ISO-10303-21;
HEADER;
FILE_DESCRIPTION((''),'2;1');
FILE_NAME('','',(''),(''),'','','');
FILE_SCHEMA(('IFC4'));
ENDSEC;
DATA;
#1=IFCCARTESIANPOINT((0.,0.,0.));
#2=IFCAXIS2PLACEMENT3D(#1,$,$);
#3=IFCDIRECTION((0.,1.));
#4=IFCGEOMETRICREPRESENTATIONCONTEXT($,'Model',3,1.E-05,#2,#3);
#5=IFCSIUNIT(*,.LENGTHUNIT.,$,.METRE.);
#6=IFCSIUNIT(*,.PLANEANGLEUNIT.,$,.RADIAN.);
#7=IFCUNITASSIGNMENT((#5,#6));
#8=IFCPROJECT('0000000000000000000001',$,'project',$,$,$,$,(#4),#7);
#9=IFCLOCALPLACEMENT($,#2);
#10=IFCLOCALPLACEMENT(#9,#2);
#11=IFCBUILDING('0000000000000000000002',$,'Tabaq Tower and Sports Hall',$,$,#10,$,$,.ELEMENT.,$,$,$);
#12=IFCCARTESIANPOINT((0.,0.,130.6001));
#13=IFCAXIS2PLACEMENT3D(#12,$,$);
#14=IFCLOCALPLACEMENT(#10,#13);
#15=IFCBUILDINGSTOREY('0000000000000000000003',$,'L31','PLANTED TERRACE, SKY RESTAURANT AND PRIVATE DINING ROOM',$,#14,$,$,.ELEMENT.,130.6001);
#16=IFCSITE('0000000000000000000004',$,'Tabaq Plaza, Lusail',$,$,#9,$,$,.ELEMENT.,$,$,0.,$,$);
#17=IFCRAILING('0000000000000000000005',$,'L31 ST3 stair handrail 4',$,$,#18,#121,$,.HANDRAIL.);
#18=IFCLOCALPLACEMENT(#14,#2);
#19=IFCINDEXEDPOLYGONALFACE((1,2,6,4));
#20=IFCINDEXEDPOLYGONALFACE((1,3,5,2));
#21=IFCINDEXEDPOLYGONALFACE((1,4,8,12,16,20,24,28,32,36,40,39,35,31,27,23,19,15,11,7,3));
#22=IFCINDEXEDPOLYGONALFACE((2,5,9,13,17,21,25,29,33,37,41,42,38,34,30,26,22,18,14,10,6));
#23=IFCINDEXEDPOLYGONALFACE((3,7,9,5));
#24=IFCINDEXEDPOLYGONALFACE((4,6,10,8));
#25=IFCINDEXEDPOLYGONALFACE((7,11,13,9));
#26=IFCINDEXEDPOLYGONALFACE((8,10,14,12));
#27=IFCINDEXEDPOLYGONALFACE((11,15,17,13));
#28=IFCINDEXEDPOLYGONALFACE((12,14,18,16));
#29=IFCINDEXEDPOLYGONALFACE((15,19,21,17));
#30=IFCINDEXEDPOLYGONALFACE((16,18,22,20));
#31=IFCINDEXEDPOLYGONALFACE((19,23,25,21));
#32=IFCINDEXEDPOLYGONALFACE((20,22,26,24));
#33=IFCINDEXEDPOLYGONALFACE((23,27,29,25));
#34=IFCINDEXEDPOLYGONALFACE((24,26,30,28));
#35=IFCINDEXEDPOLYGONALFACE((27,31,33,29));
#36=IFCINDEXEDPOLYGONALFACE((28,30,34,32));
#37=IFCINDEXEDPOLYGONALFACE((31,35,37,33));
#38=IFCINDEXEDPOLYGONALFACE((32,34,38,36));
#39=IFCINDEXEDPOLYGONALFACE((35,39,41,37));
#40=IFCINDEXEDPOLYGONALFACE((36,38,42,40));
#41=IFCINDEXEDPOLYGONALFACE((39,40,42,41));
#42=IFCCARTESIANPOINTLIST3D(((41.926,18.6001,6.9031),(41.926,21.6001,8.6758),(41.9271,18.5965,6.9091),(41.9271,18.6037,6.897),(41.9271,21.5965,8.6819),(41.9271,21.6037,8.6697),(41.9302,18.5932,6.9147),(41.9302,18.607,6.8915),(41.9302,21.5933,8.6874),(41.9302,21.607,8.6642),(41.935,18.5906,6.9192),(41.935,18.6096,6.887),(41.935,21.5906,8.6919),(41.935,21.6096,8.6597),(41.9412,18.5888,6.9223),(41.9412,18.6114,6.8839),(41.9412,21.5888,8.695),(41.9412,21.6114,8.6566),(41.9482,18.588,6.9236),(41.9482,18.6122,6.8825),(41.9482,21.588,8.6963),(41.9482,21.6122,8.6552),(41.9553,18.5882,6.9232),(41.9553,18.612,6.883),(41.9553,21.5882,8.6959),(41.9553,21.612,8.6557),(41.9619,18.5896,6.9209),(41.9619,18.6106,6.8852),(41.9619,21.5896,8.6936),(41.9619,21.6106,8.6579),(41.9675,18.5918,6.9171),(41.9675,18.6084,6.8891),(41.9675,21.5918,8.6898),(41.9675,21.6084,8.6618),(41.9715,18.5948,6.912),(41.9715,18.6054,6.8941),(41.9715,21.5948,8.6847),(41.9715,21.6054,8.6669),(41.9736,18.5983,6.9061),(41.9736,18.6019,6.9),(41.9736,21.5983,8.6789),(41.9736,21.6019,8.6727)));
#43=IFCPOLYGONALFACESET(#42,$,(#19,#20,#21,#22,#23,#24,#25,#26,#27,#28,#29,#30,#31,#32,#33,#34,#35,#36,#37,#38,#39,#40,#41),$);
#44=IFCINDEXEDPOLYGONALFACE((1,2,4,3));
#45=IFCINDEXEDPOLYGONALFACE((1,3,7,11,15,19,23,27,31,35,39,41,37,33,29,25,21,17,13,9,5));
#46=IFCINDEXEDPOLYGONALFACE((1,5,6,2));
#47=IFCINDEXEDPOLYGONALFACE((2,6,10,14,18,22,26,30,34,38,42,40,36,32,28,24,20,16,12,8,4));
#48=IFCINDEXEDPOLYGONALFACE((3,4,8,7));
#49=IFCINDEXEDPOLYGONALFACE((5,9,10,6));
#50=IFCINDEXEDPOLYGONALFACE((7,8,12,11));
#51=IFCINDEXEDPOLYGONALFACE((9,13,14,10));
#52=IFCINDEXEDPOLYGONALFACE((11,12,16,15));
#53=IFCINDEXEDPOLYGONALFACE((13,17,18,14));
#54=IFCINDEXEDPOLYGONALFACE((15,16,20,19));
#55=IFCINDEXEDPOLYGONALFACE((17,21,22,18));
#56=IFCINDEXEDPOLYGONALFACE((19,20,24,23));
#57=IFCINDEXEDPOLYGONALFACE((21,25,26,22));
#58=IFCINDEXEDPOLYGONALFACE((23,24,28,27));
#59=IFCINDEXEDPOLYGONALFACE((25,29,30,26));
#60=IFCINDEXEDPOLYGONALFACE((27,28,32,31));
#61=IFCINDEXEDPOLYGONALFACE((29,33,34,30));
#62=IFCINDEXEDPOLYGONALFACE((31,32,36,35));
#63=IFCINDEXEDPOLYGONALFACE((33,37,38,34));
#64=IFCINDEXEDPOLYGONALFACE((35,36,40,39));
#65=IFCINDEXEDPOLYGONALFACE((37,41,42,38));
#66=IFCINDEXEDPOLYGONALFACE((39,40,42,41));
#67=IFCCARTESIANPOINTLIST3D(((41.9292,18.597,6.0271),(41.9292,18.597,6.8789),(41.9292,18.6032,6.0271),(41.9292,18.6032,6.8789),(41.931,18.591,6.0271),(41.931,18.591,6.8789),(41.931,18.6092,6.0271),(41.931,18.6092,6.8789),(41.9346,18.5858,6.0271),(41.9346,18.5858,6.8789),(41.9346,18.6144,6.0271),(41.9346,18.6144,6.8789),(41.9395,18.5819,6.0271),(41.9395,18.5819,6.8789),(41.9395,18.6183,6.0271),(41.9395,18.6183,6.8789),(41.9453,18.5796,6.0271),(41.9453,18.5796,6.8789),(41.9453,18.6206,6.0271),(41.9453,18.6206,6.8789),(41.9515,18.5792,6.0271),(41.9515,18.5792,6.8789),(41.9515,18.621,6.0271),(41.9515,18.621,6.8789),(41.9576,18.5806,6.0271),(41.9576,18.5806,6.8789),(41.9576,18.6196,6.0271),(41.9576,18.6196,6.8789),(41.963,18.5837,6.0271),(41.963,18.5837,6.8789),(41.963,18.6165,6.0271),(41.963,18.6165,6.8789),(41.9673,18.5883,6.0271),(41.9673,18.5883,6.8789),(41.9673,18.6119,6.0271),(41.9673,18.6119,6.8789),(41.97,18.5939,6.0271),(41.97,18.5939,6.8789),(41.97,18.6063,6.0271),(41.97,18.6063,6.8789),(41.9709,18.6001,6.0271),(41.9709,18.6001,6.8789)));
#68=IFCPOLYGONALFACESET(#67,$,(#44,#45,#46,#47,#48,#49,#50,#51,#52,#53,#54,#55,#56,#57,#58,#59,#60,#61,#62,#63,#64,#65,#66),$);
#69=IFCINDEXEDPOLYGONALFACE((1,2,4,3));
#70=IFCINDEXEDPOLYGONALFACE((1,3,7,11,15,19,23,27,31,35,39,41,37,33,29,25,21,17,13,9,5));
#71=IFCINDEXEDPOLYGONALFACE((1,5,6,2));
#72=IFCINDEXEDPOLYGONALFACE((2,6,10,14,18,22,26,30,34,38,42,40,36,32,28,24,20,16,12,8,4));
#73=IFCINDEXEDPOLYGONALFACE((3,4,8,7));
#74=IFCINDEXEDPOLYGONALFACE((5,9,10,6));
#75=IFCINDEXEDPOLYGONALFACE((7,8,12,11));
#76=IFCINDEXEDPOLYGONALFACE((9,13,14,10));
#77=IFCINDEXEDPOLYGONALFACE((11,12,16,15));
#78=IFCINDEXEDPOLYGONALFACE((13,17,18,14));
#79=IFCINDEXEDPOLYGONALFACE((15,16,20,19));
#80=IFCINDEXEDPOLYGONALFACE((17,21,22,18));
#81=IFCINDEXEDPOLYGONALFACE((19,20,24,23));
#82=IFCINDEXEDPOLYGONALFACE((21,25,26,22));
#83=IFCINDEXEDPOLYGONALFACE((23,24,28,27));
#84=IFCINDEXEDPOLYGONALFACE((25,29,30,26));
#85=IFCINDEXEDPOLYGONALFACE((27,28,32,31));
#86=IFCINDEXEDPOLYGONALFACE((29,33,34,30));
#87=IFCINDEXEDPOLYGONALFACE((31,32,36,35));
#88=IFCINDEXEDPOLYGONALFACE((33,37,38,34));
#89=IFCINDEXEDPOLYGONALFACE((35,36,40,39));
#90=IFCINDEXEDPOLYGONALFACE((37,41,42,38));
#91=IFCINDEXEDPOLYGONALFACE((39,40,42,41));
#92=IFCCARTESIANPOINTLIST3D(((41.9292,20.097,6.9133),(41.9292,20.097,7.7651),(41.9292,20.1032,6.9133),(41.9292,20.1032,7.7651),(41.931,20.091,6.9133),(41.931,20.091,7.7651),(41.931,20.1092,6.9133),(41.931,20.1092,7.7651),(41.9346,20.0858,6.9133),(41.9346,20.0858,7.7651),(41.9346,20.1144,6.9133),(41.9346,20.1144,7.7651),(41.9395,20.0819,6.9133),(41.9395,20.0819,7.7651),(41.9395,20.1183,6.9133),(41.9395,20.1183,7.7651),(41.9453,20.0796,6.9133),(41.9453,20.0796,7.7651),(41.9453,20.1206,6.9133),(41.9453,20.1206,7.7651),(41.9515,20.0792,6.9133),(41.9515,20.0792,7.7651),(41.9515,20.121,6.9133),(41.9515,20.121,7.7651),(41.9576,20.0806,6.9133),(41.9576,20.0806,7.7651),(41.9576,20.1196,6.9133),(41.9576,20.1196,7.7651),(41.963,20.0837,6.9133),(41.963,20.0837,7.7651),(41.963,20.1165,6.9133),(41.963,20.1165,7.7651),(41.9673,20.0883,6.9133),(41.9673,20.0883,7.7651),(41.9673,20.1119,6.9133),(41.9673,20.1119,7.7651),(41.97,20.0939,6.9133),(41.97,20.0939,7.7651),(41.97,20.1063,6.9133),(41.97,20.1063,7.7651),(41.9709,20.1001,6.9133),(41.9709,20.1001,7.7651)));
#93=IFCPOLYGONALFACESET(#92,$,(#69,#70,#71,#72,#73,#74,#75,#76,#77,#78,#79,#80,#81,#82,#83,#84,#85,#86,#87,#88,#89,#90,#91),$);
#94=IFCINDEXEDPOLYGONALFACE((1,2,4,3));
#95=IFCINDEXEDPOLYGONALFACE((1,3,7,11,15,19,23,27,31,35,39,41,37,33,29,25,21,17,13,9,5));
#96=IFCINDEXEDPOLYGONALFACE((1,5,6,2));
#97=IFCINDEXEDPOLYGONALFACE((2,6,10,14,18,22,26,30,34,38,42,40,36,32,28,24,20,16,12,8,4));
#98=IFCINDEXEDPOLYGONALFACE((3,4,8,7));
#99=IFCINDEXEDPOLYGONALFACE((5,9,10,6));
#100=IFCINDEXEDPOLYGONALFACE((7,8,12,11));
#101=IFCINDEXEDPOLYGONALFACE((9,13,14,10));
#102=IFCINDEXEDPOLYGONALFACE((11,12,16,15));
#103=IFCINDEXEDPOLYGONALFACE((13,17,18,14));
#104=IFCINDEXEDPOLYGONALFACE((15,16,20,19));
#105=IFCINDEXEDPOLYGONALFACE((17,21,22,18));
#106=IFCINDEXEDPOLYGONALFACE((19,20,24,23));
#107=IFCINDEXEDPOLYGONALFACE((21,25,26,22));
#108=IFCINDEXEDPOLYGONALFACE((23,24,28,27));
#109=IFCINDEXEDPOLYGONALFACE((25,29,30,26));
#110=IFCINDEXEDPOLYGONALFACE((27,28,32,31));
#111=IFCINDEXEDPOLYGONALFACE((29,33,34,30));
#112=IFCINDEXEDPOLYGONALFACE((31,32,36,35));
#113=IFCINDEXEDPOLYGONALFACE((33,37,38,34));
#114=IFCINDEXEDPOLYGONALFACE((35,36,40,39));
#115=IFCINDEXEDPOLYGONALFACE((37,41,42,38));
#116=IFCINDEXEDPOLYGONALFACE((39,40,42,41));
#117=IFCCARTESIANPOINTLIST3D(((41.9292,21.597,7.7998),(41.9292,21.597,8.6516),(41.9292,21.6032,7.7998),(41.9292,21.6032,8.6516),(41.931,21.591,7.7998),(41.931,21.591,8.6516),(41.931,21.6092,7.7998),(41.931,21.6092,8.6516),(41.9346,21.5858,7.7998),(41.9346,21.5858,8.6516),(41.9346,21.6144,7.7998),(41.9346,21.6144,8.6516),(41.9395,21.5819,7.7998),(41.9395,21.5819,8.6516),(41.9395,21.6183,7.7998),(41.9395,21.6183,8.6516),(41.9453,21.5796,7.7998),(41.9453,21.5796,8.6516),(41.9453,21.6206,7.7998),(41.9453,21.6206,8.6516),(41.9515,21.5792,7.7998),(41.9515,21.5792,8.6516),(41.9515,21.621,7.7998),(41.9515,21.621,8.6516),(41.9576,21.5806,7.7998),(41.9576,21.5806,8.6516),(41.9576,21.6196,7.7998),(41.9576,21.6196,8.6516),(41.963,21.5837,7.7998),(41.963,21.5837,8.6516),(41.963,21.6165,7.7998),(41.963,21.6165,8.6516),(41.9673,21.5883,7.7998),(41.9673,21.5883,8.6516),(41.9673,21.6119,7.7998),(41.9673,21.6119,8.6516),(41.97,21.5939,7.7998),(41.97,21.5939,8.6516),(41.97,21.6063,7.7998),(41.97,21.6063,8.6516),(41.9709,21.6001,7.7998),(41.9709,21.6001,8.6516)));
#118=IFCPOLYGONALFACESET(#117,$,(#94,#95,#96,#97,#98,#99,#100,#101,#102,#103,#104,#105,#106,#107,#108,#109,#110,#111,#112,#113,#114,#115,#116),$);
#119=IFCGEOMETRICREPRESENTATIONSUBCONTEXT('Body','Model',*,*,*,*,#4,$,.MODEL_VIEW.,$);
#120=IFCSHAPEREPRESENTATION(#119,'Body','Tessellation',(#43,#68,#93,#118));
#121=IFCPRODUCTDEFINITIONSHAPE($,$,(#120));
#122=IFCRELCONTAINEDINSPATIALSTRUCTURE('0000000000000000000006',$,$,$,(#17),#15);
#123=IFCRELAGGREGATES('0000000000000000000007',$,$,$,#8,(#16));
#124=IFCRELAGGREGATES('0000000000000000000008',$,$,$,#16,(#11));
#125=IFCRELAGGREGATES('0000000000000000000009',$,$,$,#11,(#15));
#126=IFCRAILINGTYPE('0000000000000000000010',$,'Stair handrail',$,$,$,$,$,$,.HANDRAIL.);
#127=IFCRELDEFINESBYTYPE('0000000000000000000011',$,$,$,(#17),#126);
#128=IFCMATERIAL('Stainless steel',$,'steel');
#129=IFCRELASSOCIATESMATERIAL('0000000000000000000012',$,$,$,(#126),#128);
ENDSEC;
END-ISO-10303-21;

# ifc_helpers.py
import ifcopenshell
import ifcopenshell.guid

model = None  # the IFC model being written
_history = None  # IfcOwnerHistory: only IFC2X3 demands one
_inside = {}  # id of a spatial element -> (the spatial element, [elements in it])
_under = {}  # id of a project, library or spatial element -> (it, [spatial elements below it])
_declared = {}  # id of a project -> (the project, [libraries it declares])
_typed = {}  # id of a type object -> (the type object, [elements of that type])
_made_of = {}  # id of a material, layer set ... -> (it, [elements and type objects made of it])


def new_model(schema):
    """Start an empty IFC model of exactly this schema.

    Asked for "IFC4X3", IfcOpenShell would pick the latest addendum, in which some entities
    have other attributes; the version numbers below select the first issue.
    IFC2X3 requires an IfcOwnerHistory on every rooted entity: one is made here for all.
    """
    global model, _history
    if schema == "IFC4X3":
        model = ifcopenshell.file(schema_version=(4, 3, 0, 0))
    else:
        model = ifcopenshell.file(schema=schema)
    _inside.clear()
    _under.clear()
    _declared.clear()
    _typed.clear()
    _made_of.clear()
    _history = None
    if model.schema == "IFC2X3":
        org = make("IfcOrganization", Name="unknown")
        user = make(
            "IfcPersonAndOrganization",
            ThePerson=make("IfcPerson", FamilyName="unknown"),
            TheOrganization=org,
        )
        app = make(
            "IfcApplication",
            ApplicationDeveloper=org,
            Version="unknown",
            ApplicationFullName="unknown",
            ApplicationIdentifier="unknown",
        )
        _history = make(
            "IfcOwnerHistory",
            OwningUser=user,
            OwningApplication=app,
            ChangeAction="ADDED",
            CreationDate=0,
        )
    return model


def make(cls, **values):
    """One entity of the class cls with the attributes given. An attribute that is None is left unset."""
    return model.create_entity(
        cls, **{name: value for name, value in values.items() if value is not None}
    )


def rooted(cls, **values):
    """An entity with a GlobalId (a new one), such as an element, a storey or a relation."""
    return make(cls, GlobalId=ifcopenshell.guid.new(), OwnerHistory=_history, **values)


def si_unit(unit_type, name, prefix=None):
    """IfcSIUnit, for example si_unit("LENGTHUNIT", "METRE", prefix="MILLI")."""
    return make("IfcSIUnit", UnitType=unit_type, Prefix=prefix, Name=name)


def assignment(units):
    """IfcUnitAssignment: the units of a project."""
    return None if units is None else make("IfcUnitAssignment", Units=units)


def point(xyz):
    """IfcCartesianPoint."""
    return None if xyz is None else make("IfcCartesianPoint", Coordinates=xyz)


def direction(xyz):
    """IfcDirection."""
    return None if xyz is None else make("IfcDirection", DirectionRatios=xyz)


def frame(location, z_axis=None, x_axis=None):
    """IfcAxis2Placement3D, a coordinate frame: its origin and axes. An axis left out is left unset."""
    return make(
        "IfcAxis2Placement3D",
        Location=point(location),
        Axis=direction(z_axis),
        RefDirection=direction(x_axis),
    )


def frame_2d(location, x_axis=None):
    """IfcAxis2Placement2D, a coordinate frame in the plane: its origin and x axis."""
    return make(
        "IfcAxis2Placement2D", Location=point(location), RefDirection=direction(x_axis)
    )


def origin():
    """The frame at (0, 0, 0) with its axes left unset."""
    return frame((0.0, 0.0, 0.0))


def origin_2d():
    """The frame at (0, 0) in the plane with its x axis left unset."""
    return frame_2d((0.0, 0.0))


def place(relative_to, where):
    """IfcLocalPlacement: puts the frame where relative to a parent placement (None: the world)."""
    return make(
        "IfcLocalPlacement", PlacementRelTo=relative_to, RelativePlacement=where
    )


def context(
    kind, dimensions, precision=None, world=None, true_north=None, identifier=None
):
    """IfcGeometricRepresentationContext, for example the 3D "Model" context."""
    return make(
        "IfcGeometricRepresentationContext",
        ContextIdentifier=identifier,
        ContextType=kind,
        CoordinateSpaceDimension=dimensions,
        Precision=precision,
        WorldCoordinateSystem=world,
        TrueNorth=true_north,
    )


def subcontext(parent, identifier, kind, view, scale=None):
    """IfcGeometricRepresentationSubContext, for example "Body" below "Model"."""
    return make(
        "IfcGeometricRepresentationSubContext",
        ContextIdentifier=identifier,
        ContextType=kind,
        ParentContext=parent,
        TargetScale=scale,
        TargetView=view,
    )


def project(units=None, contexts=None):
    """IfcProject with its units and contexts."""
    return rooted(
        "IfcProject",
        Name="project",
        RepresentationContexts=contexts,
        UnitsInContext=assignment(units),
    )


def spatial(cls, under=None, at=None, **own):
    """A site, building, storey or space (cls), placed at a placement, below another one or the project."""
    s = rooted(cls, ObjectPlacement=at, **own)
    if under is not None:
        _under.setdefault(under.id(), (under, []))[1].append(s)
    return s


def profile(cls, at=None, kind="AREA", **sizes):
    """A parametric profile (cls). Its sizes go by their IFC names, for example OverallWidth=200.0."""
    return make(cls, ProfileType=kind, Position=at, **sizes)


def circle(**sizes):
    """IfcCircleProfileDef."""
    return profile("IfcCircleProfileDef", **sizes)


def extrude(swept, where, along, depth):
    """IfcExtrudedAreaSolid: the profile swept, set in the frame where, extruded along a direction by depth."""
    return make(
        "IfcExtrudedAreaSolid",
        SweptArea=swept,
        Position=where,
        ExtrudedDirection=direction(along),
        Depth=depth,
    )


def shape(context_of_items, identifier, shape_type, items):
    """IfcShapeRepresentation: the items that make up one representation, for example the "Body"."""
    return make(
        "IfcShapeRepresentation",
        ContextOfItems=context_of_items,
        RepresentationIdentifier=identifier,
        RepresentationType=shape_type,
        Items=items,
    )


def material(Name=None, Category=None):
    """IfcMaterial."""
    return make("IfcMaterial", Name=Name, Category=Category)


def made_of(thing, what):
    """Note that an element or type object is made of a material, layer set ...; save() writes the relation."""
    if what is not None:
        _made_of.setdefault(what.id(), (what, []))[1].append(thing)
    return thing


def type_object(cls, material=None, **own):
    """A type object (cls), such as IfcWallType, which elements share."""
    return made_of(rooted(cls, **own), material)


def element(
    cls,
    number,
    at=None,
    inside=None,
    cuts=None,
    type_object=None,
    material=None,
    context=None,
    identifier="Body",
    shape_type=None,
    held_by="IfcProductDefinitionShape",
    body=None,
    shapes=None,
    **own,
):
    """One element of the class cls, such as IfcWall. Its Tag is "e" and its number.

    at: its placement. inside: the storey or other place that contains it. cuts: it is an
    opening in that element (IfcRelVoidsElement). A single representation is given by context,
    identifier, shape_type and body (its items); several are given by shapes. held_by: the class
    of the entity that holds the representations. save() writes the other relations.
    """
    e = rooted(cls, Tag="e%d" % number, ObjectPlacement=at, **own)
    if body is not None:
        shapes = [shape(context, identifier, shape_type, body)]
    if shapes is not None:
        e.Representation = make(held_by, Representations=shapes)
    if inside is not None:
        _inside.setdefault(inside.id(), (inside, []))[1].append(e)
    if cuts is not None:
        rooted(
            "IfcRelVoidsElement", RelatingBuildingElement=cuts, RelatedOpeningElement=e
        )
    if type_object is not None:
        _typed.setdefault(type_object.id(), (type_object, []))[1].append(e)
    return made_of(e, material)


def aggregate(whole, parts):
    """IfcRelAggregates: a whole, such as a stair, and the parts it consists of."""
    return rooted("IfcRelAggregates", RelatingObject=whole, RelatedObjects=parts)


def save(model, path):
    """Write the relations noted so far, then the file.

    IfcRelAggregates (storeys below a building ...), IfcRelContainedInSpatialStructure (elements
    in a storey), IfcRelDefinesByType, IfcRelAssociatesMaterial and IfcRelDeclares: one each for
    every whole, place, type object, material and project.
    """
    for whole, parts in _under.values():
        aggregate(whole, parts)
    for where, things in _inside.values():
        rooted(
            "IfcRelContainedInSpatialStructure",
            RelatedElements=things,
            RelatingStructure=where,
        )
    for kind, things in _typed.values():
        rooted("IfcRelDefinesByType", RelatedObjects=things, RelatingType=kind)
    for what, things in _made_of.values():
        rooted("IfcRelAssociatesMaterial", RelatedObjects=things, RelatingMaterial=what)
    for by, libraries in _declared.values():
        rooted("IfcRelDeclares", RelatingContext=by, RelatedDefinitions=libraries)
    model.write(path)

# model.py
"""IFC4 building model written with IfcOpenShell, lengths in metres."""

from ifc_helpers import new_model, si_unit, direction, frame, origin, origin_2d, place, context, subcontext, project, spatial, circle, extrude, material, type_object, element, save


model = new_model("IFC4")

# Units and contexts
model_context = context("Model", 3, precision=1e-05, world=origin(), true_north=direction((0.0, 1.0)))
body_context = subcontext(model_context, "Body", "Model", "MODEL_VIEW")
ifc_project = project(units=[si_unit("LENGTHUNIT", "METRE"), si_unit("PLANEANGLEUNIT", "RADIAN")], contexts=[model_context])

# Site, building, storey
site_placement = place(None, origin())
site = spatial("IfcSite", under=ifc_project, at=site_placement, Name="Tabaq Plaza, Lusail", CompositionType="ELEMENT", RefElevation=0.0)
building_placement = place(site_placement, origin())
building = spatial("IfcBuilding", under=site, at=building_placement, Name="Tabaq Tower and Sports Hall", CompositionType="ELEMENT")
storey_placement = place(building_placement, frame((0.0, 0.0, 130.6001)))
storey = spatial("IfcBuildingStorey", under=building, at=storey_placement, Name="L31", Description="PLANTED TERRACE, SKY RESTAURANT AND PRIVATE DINING ROOM", CompositionType="ELEMENT", Elevation=130.6001)

# Railing
ifc_material_1 = material(Name="Stainless steel", Category="steel")
railing_type_1 = type_object("IfcRailingType", Name="Stair handrail", PredefinedType="HANDRAIL", material=ifc_material_1)
railing_1_placement = place(storey_placement, frame((41.95, 18.6001, 6.0271)))
element("IfcRailing", 1, at=railing_1_placement, inside=storey, type_object=railing_type_1, Name="L31 ST3 stair handrail 4", PredefinedType="HANDRAIL", context=body_context, shape_type="SweptSolid", body=[
    extrude(circle(Radius=0.0239, at=origin_2d()), frame((0.0, 0.0, 0.876), z_axis=(0.0, 0.860929, 0.508725), x_axis=(-1.0, 0.0, 0.0)), (0.0, 0.0, 1.0), 3.4846),
    extrude(circle(Radius=0.021, at=origin_2d()), origin(), (0.0, 0.0, 1.0), 0.8518),
    extrude(circle(Radius=0.021, at=origin_2d()), frame((0.0, 1.5, 0.8862)), (0.0, 0.0, 1.0), 0.8518),
    extrude(circle(Radius=0.021, at=origin_2d()), frame((0.0, 3.0, 1.7727)), (0.0, 0.0, 1.0), 0.8518),
])

save(model, "model.ifc")
